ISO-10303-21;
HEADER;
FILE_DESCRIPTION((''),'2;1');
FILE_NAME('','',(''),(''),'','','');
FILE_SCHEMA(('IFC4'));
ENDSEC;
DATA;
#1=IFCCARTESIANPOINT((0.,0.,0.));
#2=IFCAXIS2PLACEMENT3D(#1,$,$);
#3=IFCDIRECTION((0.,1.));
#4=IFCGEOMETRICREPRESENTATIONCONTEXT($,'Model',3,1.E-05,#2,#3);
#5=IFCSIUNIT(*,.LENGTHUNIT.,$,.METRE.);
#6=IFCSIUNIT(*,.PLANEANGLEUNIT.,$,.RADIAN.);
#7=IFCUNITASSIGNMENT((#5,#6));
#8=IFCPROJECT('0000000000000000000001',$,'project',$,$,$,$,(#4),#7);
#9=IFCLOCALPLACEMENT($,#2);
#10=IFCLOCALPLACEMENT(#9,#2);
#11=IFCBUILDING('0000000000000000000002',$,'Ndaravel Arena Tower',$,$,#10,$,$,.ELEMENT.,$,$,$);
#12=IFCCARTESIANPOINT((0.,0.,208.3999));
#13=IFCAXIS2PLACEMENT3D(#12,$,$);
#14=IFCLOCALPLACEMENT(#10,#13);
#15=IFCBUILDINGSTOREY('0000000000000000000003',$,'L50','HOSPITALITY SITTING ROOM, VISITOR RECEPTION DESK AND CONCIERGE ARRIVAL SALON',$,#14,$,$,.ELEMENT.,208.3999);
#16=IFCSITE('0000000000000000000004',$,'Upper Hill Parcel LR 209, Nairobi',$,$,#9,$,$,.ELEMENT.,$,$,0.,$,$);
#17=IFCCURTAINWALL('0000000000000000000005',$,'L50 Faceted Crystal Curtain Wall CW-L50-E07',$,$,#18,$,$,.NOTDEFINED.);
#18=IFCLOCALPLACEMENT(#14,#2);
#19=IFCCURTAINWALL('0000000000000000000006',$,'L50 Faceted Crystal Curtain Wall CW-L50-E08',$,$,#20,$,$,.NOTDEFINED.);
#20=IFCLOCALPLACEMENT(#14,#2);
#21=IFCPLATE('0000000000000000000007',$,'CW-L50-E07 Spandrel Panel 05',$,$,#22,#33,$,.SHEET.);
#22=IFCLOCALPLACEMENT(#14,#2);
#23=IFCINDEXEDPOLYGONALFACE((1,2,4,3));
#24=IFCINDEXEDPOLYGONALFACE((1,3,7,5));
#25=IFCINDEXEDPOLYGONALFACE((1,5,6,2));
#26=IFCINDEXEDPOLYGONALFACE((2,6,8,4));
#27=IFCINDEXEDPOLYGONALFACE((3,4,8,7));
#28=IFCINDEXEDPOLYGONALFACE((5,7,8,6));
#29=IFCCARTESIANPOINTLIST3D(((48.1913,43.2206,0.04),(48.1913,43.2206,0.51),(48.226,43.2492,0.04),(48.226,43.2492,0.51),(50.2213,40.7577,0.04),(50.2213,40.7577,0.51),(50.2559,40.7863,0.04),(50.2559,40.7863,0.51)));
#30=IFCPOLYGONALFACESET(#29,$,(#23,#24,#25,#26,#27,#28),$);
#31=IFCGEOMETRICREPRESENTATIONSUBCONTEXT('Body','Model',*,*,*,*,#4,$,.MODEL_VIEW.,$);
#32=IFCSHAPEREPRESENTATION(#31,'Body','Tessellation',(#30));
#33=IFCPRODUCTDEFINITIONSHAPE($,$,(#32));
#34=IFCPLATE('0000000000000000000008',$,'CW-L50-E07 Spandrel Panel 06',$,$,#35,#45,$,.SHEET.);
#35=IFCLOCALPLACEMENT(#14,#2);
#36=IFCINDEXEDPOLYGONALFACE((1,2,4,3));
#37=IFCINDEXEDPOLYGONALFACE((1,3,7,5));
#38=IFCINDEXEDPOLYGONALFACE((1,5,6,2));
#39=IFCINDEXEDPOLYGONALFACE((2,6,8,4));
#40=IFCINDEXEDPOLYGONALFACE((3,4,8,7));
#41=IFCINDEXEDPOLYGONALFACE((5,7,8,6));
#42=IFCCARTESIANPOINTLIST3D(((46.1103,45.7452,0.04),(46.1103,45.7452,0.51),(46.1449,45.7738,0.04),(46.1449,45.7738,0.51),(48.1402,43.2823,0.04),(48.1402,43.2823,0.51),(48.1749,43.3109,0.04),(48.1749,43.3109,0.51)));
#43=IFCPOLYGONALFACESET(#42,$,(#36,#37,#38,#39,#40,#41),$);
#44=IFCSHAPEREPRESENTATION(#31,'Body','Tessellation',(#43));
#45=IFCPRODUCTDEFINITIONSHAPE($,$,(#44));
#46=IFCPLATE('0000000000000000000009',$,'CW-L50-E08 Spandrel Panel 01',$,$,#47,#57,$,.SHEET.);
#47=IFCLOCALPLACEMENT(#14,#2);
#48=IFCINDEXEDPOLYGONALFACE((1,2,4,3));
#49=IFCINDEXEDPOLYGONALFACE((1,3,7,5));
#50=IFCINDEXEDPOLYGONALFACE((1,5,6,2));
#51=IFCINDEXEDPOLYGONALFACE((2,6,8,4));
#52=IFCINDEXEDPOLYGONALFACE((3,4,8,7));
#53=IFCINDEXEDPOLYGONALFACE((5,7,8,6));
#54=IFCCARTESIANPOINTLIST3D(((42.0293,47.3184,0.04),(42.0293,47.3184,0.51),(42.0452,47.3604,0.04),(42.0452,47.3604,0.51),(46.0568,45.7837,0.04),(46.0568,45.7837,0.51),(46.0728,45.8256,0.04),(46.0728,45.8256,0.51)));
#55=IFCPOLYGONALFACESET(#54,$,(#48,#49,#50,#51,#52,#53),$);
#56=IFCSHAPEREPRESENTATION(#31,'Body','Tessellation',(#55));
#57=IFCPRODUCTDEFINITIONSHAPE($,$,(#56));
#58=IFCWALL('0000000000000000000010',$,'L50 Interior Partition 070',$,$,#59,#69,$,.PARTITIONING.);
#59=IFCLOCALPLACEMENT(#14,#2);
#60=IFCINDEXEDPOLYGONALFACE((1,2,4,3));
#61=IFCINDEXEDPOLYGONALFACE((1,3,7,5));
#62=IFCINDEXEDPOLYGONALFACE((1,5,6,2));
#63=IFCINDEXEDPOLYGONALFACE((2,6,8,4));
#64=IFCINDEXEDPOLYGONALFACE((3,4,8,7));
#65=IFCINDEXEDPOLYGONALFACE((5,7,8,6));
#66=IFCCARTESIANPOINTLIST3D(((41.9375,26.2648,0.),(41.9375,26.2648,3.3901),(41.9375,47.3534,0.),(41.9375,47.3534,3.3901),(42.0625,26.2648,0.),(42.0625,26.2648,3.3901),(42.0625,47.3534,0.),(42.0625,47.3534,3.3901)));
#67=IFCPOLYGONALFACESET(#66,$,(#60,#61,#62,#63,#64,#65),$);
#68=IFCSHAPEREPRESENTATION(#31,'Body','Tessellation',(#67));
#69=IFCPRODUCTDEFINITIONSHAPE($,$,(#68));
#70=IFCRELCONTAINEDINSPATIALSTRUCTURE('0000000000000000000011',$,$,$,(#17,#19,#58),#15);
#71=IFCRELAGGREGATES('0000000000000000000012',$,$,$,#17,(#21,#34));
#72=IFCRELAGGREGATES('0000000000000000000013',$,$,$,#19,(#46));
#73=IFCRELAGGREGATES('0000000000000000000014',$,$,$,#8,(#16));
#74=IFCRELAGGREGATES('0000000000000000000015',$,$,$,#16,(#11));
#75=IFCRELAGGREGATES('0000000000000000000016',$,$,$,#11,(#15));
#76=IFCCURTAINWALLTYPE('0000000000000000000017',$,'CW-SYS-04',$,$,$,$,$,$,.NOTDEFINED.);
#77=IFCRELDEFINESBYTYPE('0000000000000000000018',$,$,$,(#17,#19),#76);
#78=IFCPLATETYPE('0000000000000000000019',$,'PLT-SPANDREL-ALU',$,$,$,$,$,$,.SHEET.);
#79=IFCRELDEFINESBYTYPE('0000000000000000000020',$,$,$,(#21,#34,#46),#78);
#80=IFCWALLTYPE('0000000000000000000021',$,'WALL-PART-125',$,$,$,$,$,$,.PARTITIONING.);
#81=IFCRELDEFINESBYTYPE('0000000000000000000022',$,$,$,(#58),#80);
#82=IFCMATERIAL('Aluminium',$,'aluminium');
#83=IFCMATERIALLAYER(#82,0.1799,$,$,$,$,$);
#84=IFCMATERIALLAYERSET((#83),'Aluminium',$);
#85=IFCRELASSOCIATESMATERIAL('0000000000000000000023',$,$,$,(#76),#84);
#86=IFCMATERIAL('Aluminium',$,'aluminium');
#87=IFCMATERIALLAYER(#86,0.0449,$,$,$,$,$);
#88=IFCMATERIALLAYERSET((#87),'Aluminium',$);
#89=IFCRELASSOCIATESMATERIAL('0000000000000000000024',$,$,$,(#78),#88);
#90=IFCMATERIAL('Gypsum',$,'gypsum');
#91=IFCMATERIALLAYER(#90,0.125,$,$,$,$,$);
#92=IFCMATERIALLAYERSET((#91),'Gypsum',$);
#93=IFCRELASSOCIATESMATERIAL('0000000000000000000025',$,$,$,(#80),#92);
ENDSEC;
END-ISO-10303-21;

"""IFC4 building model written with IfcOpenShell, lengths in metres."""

from ifc_helpers import new_model, si_unit, direction, frame, frame_2d, origin, origin_2d, place, context, subcontext, project, spatial, rectangle, extrude, material, layer, layer_set, type_object, element, aggregate, save


model = new_model("IFC4")

# Units and contexts
model_context = context("Model", 3, precision=1e-05, world=origin(), true_north=direction((0.0, 1.0)))
body_context = subcontext(model_context, "Body", "Model", "MODEL_VIEW")
ifc_project = project(units=[si_unit("LENGTHUNIT", "METRE"), si_unit("PLANEANGLEUNIT", "RADIAN")], contexts=[model_context])

# Site, building, storey
site_placement = place(None, origin())
site = spatial("IfcSite", under=ifc_project, at=site_placement, Name="Upper Hill Parcel LR 209, Nairobi", CompositionType="ELEMENT", RefElevation=0.0)
building_placement = place(site_placement, origin())
building = spatial("IfcBuilding", under=site, at=building_placement, Name="Ndaravel Arena Tower", CompositionType="ELEMENT")
storey_placement = place(building_placement, frame((0.0, 0.0, 208.3999)))
storey = spatial("IfcBuildingStorey", under=building, at=storey_placement, Name="L50", Description="HOSPITALITY SITTING ROOM, VISITOR RECEPTION DESK AND CONCIERGE ARRIVAL SALON", CompositionType="ELEMENT", Elevation=208.3999)

# Curtain walls
ifc_material_1 = material(Name="Aluminium", Category="aluminium")
ifc_layer_1 = layer(ifc_material_1, 0.1799)
ifc_layer_set_1 = layer_set([ifc_layer_1], Name="Aluminium")
curtain_wall_type = type_object("IfcCurtainWallType", Name="CW-SYS-04", PredefinedType="NOTDEFINED", material=ifc_layer_set_1)
curtain_wall_1_placement = place(storey_placement, origin())
curtain_wall_1 = element("IfcCurtainWall", 1, at=curtain_wall_1_placement, inside=storey, type_object=curtain_wall_type, Name="L50 Faceted Crystal Curtain Wall CW-L50-E07", PredefinedType="NOTDEFINED")
curtain_wall_2_placement = place(storey_placement, origin())
curtain_wall_2 = element("IfcCurtainWall", 2, at=curtain_wall_2_placement, inside=storey, type_object=curtain_wall_type, Name="L50 Faceted Crystal Curtain Wall CW-L50-E08", PredefinedType="NOTDEFINED")

# Plates
ifc_material_2 = material(Name="Aluminium", Category="aluminium")
ifc_layer_2 = layer(ifc_material_2, 0.0449)
ifc_layer_set_2 = layer_set([ifc_layer_2], Name="Aluminium")
plate_type_1 = type_object("IfcPlateType", Name="PLT-SPANDREL-ALU", PredefinedType="SHEET", material=ifc_layer_set_2)
plate_1_placement = place(storey_placement, frame((49.2236, 42.0034, 0.04), z_axis=(0.0, 0.0, 1.0), x_axis=(-0.636024, 0.771669, 0.0)))
plate_1 = element("IfcPlate", 3, at=plate_1_placement, type_object=plate_type_1, Name="CW-L50-E07 Spandrel Panel 05", PredefinedType="SHEET", context=body_context, shape_type="SweptSolid", body=[
    extrude(rectangle(XDim=3.1917, YDim=0.0449, at=origin_2d()), origin(), (0.0, 0.0, 1.0), 0.47),
])
plate_2_placement = place(storey_placement, frame((47.1426, 44.5281, 0.04), z_axis=(0.0, 0.0, 1.0), x_axis=(-0.636024, 0.771669, 0.0)))
plate_2 = element("IfcPlate", 4, at=plate_2_placement, type_object=plate_type_1, Name="CW-L50-E07 Spandrel Panel 06", PredefinedType="SHEET", context=body_context, shape_type="SweptSolid", body=[
    extrude(rectangle(XDim=3.1917, YDim=0.0449, at=origin_2d()), origin(), (0.0, 0.0, 1.0), 0.47),
])
aggregate(curtain_wall_1, [plate_1, plate_2])
plate_3_placement = place(storey_placement, frame((44.051, 46.572, 0.04), z_axis=(0.0, 0.0, 1.0), x_axis=(-0.934453, 0.356086, 0.0)))
plate_3 = element("IfcPlate", 5, at=plate_3_placement, type_object=plate_type_1, Name="CW-L50-E08 Spandrel Panel 01", PredefinedType="SHEET", context=body_context, shape_type="SweptSolid", body=[
    extrude(rectangle(XDim=4.3101, YDim=0.0449, at=origin_2d()), origin(), (0.0, 0.0, 1.0), 0.47),
])
aggregate(curtain_wall_2, [plate_3])

# Wall
ifc_material_3 = material(Name="Gypsum", Category="gypsum")
ifc_layer_3 = layer(ifc_material_3, 0.125)
ifc_layer_set_3 = layer_set([ifc_layer_3], Name="Gypsum")
wall_type = type_object("IfcWallType", Name="WALL-PART-125", PredefinedType="PARTITIONING", material=ifc_layer_set_3)
wall_placement = place(storey_placement, frame((42.0, 47.3535, 0.0), z_axis=(0.0, 0.0, 1.0), x_axis=(0.0, -1.0, 0.0)))
element("IfcWall", 6, at=wall_placement, inside=storey, type_object=wall_type, Name="L50 Interior Partition 070", PredefinedType="PARTITIONING", context=body_context, shape_type="SweptSolid", body=[
    extrude(rectangle(XDim=21.0886, YDim=0.125, at=frame_2d((10.5444, 0.0))), origin(), (0.0, 0.0, 1.0), 3.3901),
])

save(model, "model.ifc")
